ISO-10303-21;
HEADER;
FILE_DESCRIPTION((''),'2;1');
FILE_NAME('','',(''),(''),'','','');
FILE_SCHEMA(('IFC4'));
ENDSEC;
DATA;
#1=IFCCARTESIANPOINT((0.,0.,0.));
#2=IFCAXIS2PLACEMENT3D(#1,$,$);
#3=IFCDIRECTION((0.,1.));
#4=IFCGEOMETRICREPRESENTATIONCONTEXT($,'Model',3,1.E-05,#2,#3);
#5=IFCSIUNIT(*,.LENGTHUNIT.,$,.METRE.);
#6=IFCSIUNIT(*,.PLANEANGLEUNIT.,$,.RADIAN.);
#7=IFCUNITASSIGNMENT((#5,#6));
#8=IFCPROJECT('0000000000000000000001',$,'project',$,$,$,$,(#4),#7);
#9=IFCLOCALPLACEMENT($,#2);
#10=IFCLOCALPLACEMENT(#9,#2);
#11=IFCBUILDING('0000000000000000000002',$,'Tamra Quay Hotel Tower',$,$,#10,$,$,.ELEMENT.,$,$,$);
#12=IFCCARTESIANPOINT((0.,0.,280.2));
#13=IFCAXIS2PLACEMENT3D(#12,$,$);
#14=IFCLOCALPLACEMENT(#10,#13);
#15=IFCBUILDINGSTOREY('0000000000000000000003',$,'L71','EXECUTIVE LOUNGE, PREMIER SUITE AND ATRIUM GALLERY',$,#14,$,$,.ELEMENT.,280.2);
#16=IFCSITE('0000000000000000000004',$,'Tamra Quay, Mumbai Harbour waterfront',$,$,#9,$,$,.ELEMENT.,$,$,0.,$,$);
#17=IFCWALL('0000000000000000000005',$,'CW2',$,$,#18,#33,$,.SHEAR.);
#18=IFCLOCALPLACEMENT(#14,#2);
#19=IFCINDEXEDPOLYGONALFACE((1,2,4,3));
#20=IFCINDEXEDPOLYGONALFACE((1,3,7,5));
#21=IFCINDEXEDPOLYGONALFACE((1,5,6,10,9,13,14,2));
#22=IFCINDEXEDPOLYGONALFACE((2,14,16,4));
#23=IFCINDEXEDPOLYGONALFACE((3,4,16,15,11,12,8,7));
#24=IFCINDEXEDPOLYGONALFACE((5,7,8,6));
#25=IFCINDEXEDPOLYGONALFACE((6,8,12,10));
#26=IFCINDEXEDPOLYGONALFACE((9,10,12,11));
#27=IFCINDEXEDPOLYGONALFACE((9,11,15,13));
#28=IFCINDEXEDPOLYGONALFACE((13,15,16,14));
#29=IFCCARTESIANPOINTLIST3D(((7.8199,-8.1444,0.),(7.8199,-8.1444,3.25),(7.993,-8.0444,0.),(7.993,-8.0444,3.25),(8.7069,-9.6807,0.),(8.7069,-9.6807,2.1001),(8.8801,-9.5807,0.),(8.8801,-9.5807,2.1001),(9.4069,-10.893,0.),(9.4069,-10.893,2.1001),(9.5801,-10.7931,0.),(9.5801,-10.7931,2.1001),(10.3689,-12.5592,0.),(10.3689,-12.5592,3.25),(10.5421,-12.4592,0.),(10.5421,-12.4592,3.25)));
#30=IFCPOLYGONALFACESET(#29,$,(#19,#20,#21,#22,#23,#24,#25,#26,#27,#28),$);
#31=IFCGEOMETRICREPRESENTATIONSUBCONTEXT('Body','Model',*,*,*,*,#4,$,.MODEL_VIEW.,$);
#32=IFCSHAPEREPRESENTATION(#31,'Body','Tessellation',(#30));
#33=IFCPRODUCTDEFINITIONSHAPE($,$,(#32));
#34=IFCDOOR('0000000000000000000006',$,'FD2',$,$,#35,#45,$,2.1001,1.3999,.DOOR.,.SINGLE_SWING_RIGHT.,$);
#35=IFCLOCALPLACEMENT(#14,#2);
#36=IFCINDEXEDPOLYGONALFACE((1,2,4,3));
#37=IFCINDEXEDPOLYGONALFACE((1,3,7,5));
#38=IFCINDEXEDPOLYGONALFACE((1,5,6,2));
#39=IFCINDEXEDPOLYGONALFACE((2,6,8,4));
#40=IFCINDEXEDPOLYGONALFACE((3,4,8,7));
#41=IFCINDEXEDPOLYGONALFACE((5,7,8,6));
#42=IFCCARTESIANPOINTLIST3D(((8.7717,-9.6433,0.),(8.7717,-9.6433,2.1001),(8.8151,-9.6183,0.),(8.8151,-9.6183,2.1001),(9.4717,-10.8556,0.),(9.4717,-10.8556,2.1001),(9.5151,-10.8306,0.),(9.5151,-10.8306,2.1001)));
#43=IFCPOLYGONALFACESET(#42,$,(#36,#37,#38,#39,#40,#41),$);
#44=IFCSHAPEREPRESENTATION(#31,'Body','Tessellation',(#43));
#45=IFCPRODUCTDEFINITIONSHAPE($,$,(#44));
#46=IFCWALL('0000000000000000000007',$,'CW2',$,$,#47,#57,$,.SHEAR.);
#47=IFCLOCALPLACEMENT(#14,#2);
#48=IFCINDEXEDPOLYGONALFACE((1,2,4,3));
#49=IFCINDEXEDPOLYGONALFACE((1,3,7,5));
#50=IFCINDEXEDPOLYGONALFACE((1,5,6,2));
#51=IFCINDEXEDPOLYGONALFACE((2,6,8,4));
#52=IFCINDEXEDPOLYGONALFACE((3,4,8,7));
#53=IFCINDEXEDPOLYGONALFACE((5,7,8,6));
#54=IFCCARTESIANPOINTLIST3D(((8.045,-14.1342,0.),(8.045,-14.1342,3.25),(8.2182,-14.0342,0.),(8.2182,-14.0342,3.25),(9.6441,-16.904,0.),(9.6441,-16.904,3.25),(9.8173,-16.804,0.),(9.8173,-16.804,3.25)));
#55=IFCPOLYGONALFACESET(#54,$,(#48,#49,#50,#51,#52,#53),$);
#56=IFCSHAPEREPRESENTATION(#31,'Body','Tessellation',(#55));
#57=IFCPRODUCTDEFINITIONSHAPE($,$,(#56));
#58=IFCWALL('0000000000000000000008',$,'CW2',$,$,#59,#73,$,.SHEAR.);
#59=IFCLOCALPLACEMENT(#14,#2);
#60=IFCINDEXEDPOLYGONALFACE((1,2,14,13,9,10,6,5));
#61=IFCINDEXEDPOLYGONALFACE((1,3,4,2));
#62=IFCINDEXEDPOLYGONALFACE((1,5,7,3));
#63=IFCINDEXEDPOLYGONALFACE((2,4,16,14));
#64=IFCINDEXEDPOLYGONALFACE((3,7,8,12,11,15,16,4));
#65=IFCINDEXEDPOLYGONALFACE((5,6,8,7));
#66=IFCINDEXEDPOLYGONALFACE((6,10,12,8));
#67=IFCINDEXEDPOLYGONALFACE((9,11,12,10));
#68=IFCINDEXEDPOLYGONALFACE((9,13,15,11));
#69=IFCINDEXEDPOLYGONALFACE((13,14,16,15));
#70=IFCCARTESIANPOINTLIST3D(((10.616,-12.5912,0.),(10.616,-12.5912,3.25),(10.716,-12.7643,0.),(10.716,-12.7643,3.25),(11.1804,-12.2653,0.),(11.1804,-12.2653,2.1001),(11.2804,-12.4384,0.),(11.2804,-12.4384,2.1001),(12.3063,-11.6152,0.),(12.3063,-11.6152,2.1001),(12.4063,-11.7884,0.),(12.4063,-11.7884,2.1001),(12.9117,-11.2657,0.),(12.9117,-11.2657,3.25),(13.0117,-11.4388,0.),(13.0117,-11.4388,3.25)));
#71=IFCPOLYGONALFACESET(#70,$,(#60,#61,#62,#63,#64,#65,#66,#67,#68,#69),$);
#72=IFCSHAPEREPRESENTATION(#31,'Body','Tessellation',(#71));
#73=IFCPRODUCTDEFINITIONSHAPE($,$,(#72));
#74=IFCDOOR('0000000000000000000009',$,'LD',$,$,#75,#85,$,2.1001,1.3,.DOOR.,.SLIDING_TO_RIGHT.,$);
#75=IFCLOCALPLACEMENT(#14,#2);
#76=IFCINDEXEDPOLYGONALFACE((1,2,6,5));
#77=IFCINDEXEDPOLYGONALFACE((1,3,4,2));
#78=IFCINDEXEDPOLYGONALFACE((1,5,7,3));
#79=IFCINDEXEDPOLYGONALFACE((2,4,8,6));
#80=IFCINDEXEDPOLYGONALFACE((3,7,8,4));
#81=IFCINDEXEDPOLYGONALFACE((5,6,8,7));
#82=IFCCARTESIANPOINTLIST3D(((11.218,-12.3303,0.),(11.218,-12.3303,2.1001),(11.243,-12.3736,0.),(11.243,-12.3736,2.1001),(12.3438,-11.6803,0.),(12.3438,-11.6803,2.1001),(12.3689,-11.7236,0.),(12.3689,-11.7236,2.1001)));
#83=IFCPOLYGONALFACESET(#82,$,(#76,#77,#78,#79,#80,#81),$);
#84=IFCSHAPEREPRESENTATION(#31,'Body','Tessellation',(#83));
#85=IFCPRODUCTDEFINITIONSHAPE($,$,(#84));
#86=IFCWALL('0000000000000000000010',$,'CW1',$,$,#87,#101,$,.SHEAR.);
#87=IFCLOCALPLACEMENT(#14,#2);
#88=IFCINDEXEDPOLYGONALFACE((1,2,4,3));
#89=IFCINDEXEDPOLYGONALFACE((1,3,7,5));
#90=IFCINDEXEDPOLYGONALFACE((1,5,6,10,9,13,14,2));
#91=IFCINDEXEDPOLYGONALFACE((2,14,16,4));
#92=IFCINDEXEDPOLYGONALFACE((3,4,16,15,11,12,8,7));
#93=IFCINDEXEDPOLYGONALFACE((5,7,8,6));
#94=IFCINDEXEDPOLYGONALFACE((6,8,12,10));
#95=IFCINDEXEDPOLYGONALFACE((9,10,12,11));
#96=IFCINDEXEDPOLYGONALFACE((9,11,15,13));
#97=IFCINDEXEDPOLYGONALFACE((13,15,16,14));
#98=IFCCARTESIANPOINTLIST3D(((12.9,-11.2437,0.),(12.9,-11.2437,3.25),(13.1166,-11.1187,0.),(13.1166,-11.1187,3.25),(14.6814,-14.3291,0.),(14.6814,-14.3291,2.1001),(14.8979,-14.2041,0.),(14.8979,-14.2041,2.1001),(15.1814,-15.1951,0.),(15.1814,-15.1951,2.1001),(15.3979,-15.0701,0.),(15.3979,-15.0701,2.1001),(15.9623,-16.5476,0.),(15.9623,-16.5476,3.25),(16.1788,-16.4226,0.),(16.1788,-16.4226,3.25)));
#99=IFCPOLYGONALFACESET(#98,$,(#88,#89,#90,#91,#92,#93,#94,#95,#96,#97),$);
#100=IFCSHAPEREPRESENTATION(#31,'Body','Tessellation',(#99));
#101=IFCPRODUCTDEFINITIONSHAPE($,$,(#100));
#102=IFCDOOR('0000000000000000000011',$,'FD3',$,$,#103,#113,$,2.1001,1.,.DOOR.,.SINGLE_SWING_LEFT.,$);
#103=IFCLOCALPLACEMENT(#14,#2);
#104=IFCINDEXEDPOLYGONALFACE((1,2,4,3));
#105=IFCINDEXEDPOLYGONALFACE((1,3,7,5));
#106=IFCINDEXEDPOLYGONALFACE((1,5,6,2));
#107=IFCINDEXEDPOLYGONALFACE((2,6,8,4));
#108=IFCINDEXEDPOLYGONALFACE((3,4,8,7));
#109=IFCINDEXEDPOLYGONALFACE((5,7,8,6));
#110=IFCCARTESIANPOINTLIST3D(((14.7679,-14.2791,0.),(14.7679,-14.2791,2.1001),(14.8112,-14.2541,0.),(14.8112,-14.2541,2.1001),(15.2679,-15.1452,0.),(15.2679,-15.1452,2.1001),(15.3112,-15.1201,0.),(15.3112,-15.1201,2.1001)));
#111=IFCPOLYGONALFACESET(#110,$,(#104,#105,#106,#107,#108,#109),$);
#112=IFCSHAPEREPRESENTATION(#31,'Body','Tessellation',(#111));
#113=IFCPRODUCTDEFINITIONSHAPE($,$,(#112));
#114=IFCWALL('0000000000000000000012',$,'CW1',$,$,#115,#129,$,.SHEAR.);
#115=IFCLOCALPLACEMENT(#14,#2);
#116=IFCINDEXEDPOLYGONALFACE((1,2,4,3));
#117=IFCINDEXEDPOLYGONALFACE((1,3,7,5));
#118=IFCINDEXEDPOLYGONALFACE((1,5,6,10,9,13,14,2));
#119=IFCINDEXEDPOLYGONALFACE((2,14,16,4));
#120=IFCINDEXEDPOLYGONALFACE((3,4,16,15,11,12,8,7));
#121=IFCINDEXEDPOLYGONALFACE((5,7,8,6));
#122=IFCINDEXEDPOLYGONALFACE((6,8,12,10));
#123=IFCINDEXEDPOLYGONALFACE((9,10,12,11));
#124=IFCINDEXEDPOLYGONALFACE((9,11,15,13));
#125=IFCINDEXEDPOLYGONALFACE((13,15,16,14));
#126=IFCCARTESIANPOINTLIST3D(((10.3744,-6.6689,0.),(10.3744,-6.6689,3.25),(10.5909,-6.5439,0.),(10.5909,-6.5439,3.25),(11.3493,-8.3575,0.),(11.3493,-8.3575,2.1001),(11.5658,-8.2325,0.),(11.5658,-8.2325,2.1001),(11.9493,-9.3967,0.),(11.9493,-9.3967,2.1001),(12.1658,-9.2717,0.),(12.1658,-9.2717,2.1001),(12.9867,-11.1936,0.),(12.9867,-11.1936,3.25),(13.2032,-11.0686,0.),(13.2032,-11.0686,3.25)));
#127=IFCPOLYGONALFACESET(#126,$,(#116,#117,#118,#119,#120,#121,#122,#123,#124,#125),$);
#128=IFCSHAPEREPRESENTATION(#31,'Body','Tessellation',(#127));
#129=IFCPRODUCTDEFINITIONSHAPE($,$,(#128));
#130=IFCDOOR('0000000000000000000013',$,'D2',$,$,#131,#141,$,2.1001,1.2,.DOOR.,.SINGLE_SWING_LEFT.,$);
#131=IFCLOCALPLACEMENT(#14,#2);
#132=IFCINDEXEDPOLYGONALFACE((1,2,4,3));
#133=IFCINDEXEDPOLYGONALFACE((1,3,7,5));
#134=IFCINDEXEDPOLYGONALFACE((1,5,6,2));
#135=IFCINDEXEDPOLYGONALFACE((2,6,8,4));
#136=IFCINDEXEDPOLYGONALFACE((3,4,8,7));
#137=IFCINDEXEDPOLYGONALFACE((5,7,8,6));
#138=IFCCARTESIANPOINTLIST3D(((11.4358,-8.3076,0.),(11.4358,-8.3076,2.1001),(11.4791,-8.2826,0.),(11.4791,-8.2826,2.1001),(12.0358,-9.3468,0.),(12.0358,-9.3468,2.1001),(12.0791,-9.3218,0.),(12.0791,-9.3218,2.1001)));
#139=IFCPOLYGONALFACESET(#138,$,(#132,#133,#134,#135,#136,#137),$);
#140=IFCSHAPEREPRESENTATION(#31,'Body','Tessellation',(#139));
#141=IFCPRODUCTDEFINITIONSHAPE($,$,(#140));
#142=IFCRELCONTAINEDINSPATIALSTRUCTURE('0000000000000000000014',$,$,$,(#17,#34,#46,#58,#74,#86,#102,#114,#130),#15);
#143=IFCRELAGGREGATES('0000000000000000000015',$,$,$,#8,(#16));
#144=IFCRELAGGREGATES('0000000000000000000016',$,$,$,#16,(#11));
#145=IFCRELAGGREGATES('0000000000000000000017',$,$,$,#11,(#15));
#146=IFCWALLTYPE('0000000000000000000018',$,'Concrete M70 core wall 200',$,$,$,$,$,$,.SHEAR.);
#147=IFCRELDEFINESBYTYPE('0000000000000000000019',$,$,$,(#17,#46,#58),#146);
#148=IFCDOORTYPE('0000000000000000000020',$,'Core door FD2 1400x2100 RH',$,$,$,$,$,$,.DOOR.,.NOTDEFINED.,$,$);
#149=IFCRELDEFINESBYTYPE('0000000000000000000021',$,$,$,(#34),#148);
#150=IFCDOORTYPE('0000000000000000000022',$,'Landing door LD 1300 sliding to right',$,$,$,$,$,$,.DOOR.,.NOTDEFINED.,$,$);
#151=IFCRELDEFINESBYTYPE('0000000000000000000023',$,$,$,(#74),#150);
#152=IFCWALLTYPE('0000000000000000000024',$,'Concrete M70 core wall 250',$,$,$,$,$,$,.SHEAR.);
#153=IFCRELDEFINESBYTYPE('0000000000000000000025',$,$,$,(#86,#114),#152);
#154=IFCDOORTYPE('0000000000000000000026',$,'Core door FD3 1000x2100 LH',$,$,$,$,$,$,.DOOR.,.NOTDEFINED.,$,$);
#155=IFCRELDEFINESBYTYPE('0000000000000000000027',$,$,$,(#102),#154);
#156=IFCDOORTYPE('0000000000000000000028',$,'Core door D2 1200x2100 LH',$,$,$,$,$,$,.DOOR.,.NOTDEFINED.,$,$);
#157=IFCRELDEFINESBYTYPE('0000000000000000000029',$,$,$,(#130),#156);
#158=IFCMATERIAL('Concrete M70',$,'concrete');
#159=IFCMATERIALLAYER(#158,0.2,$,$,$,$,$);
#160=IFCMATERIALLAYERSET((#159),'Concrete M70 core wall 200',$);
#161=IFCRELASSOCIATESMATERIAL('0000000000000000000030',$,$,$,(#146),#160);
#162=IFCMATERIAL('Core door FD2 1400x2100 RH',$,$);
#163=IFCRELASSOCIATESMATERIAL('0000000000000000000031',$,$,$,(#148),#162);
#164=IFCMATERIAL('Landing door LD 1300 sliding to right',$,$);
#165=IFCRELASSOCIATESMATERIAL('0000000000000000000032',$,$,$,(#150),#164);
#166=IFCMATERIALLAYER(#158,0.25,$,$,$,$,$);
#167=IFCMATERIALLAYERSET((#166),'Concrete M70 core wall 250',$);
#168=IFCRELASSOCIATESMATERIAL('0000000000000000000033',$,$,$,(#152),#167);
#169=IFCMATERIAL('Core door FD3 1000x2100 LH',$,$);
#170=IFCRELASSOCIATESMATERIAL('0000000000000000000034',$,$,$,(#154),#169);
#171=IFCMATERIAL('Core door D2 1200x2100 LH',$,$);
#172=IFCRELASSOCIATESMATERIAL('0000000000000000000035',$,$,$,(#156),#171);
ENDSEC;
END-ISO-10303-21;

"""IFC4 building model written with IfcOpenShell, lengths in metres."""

from ifc_helpers import new_model, si_unit, direction, frame, frame_2d, origin, place, context, subcontext, project, spatial, rectangle, extrude, material, layer, layer_set, type_object, element, fill, save


model = new_model("IFC4")

# Units and contexts
model_context = context("Model", 3, precision=1e-05, world=origin(), true_north=direction((0.0, 1.0)))
body_context = subcontext(model_context, "Body", "Model", "MODEL_VIEW")
ifc_project = project(units=[si_unit("LENGTHUNIT", "METRE"), si_unit("PLANEANGLEUNIT", "RADIAN")], contexts=[model_context])

# Site, building, storey
site_placement = place(None, origin())
site = spatial("IfcSite", under=ifc_project, at=site_placement, Name="Tamra Quay, Mumbai Harbour waterfront", CompositionType="ELEMENT", RefElevation=0.0)
building_placement = place(site_placement, origin())
building = spatial("IfcBuilding", under=site, at=building_placement, Name="Tamra Quay Hotel Tower", CompositionType="ELEMENT")
storey_placement = place(building_placement, frame((0.0, 0.0, 280.2)))
storey = spatial("IfcBuildingStorey", under=building, at=storey_placement, Name="L71", Description="EXECUTIVE LOUNGE, PREMIER SUITE AND ATRIUM GALLERY", CompositionType="ELEMENT", Elevation=280.2)

# Wall, opening, door
ifc_material_1 = material(Name="Concrete M70", Category="concrete")
ifc_layer_1 = layer(ifc_material_1, 0.2)
ifc_layer_set_1 = layer_set([ifc_layer_1], Name="Concrete M70 core wall 200")
wall_type_1 = type_object("IfcWallType", Name="Concrete M70 core wall 200", PredefinedType="SHEAR", material=ifc_layer_set_1)
wall_1_placement = place(storey_placement, frame((7.9065, -8.0945, 0.0), z_axis=(0.0, 0.0, 1.0), x_axis=(0.500028, -0.866009, 0.0)))
wall_1 = element("IfcWall", 1, at=wall_1_placement, inside=storey, type_object=wall_type_1, Name="CW2", PredefinedType="SHEAR", context=body_context, shape_type="SweptSolid", body=[
    extrude(rectangle(XDim=5.0979, YDim=0.2, at=frame_2d((2.5488, 0.0))), origin(), (0.0, 0.0, 1.0), 3.25),
])
opening_1_placement = place(wall_1_placement, frame((1.7739, 0.0, 0.0)))
opening_1 = element("IfcOpeningElement", 2, at=opening_1_placement, cuts=wall_1, PredefinedType="OPENING", context=body_context, shape_type="SweptSolid", body=[
    extrude(rectangle(XDim=1.3999, YDim=2.1001, at=frame_2d((0.7, 1.05))), frame((0.0, 0.1099, 0.0), z_axis=(0.0, -1.0, 0.0), x_axis=(1.0, 0.0, 0.0)), (0.0, 0.0, 1.0), 0.22),
])
ifc_material_2 = material(Name="Core door FD2 1400x2100 RH")
door_type_1 = type_object("IfcDoorType", Name="Core door FD2 1400x2100 RH", OperationType="NOTDEFINED", PredefinedType="DOOR", material=ifc_material_2)
door_1_placement = place(opening_1_placement, origin())
door_1 = element("IfcDoor", 3, at=door_1_placement, inside=storey, type_object=door_type_1, Name="FD2", OperationType="SINGLE_SWING_RIGHT", OverallHeight=2.1001, OverallWidth=1.3999, PredefinedType="DOOR", context=body_context, shape_type="SweptSolid", body=[
    extrude(rectangle(XDim=1.3999, YDim=2.1001, at=frame_2d((0.7, 1.05))), frame((0.0, 0.0249, 0.0), z_axis=(0.0, -1.0, 0.0), x_axis=(1.0, 0.0, 0.0)), (0.0, 0.0, 1.0), 0.05),
])
fill(opening_1, door_1)

# Wall
wall_2_placement = place(storey_placement, frame((8.1316, -14.0842, 0.0), z_axis=(0.0, 0.0, 1.0), x_axis=(0.499998, -0.866027, 0.0)))
element("IfcWall", 4, at=wall_2_placement, inside=storey, type_object=wall_type_1, Name="CW2", PredefinedType="SHEAR", context=body_context, shape_type="SweptSolid", body=[
    extrude(rectangle(XDim=3.1982, YDim=0.2, at=frame_2d((1.5991, 0.0))), origin(), (0.0, 0.0, 1.0), 3.25),
])

# Walls, openings, doors
wall_3_placement = place(storey_placement, frame((10.666, -12.6777, 0.0), z_axis=(0.0, 0.0, 1.0), x_axis=(0.866018, 0.500012, 0.0)))
wall_3 = element("IfcWall", 5, at=wall_3_placement, inside=storey, type_object=wall_type_1, Name="CW2", PredefinedType="SHEAR", context=body_context, shape_type="SweptSolid", body=[
    extrude(rectangle(XDim=2.6509, YDim=0.2, at=frame_2d((1.3254, 0.0))), origin(), (0.0, 0.0, 1.0), 3.25),
])
opening_2_placement = place(wall_3_placement, frame((0.6519, 0.0, 0.0)))
opening_2 = element("IfcOpeningElement", 6, at=opening_2_placement, cuts=wall_3, PredefinedType="OPENING", context=body_context, shape_type="SweptSolid", body=[
    extrude(rectangle(XDim=1.3, YDim=2.1001, at=frame_2d((0.6499, 1.05))), frame((0.0, 0.1099, 0.0), z_axis=(0.0, -1.0, 0.0), x_axis=(1.0, 0.0, 0.0)), (0.0, 0.0, 1.0), 0.22),
])
ifc_material_3 = material(Name="Landing door LD 1300 sliding to right")
door_type_2 = type_object("IfcDoorType", Name="Landing door LD 1300 sliding to right", OperationType="NOTDEFINED", PredefinedType="DOOR", material=ifc_material_3)
door_2_placement = place(opening_2_placement, origin())
door_2 = element("IfcDoor", 7, at=door_2_placement, inside=storey, type_object=door_type_2, Name="LD", OperationType="SLIDING_TO_RIGHT", OverallHeight=2.1001, OverallWidth=1.3, PredefinedType="DOOR", context=body_context, shape_type="SweptSolid", body=[
    extrude(rectangle(XDim=1.3, YDim=2.1001, at=frame_2d((0.6499, 1.05))), frame((0.0, 0.0249, 0.0), z_axis=(0.0, -1.0, 0.0), x_axis=(1.0, 0.0, 0.0)), (0.0, 0.0, 1.0), 0.05),
])
fill(opening_2, door_2)
ifc_layer_2 = layer(ifc_material_1, 0.25)
ifc_layer_set_2 = layer_set([ifc_layer_2], Name="Concrete M70 core wall 250")
wall_type_2 = type_object("IfcWallType", Name="Concrete M70 core wall 250", PredefinedType="SHEAR", material=ifc_layer_set_2)
wall_4_placement = place(storey_placement, frame((13.0083, -11.1812, 0.0), z_axis=(0.0, 0.0, 1.0), x_axis=(0.500002, -0.866024, 0.0)))
wall_4 = element("IfcWall", 8, at=wall_4_placement, inside=storey, type_object=wall_type_2, Name="CW1", PredefinedType="SHEAR", context=body_context, shape_type="SweptSolid", body=[
    extrude(rectangle(XDim=6.1245, YDim=0.25, at=frame_2d((3.0623, 0.0))), origin(), (0.0, 0.0, 1.0), 3.25),
])
opening_3_placement = place(wall_4_placement, frame((3.5627, 0.0, 0.0)))
opening_3 = element("IfcOpeningElement", 9, at=opening_3_placement, cuts=wall_4, PredefinedType="OPENING", context=body_context, shape_type="SweptSolid", body=[
    extrude(rectangle(XDim=1.0, YDim=2.1001, at=frame_2d((0.5, 1.05))), frame((0.0, 0.135, 0.0), z_axis=(0.0, -1.0, 0.0), x_axis=(1.0, 0.0, 0.0)), (0.0, 0.0, 1.0), 0.27),
])
ifc_material_4 = material(Name="Core door FD3 1000x2100 LH")
door_type_3 = type_object("IfcDoorType", Name="Core door FD3 1000x2100 LH", OperationType="NOTDEFINED", PredefinedType="DOOR", material=ifc_material_4)
door_3_placement = place(opening_3_placement, origin())
door_3 = element("IfcDoor", 10, at=door_3_placement, inside=storey, type_object=door_type_3, Name="FD3", OperationType="SINGLE_SWING_LEFT", OverallHeight=2.1001, OverallWidth=1.0, PredefinedType="DOOR", context=body_context, shape_type="SweptSolid", body=[
    extrude(rectangle(XDim=1.0, YDim=2.1001, at=frame_2d((0.5, 1.05))), frame((0.0, 0.0249, 0.0), z_axis=(0.0, -1.0, 0.0), x_axis=(1.0, 0.0, 0.0)), (0.0, 0.0, 1.0), 0.05),
])
fill(opening_3, door_3)
wall_5_placement = place(storey_placement, frame((10.4827, -6.6064, 0.0), z_axis=(0.0, 0.0, 1.0), x_axis=(0.499999, -0.866026, 0.0)))
wall_5 = element("IfcWall", 11, at=wall_5_placement, inside=storey, type_object=wall_type_2, Name="CW1", PredefinedType="SHEAR", context=body_context, shape_type="SweptSolid", body=[
    extrude(rectangle(XDim=5.2246, YDim=0.25, at=frame_2d((2.6123, 0.0))), origin(), (0.0, 0.0, 1.0), 3.25),
])
opening_4_placement = place(wall_5_placement, frame((1.9497, 0.0, 0.0)))
opening_4 = element("IfcOpeningElement", 12, at=opening_4_placement, cuts=wall_5, PredefinedType="OPENING", context=body_context, shape_type="SweptSolid", body=[
    extrude(rectangle(XDim=1.2, YDim=2.1001, at=frame_2d((0.6001, 1.05))), frame((0.0, 0.135, 0.0), z_axis=(0.0, -1.0, 0.0), x_axis=(1.0, 0.0, 0.0)), (0.0, 0.0, 1.0), 0.27),
])
ifc_material_5 = material(Name="Core door D2 1200x2100 LH")
door_type_4 = type_object("IfcDoorType", Name="Core door D2 1200x2100 LH", OperationType="NOTDEFINED", PredefinedType="DOOR", material=ifc_material_5)
door_4_placement = place(opening_4_placement, origin())
door_4 = element("IfcDoor", 13, at=door_4_placement, inside=storey, type_object=door_type_4, Name="D2", OperationType="SINGLE_SWING_LEFT", OverallHeight=2.1001, OverallWidth=1.2, PredefinedType="DOOR", context=body_context, shape_type="SweptSolid", body=[
    extrude(rectangle(XDim=1.2, YDim=2.1001, at=frame_2d((0.6001, 1.05))), frame((0.0, 0.0249, 0.0), z_axis=(0.0, -1.0, 0.0), x_axis=(1.0, 0.0, 0.0)), (0.0, 0.0, 1.0), 0.05),
])
fill(opening_4, door_4)

save(model, "model.ifc")
